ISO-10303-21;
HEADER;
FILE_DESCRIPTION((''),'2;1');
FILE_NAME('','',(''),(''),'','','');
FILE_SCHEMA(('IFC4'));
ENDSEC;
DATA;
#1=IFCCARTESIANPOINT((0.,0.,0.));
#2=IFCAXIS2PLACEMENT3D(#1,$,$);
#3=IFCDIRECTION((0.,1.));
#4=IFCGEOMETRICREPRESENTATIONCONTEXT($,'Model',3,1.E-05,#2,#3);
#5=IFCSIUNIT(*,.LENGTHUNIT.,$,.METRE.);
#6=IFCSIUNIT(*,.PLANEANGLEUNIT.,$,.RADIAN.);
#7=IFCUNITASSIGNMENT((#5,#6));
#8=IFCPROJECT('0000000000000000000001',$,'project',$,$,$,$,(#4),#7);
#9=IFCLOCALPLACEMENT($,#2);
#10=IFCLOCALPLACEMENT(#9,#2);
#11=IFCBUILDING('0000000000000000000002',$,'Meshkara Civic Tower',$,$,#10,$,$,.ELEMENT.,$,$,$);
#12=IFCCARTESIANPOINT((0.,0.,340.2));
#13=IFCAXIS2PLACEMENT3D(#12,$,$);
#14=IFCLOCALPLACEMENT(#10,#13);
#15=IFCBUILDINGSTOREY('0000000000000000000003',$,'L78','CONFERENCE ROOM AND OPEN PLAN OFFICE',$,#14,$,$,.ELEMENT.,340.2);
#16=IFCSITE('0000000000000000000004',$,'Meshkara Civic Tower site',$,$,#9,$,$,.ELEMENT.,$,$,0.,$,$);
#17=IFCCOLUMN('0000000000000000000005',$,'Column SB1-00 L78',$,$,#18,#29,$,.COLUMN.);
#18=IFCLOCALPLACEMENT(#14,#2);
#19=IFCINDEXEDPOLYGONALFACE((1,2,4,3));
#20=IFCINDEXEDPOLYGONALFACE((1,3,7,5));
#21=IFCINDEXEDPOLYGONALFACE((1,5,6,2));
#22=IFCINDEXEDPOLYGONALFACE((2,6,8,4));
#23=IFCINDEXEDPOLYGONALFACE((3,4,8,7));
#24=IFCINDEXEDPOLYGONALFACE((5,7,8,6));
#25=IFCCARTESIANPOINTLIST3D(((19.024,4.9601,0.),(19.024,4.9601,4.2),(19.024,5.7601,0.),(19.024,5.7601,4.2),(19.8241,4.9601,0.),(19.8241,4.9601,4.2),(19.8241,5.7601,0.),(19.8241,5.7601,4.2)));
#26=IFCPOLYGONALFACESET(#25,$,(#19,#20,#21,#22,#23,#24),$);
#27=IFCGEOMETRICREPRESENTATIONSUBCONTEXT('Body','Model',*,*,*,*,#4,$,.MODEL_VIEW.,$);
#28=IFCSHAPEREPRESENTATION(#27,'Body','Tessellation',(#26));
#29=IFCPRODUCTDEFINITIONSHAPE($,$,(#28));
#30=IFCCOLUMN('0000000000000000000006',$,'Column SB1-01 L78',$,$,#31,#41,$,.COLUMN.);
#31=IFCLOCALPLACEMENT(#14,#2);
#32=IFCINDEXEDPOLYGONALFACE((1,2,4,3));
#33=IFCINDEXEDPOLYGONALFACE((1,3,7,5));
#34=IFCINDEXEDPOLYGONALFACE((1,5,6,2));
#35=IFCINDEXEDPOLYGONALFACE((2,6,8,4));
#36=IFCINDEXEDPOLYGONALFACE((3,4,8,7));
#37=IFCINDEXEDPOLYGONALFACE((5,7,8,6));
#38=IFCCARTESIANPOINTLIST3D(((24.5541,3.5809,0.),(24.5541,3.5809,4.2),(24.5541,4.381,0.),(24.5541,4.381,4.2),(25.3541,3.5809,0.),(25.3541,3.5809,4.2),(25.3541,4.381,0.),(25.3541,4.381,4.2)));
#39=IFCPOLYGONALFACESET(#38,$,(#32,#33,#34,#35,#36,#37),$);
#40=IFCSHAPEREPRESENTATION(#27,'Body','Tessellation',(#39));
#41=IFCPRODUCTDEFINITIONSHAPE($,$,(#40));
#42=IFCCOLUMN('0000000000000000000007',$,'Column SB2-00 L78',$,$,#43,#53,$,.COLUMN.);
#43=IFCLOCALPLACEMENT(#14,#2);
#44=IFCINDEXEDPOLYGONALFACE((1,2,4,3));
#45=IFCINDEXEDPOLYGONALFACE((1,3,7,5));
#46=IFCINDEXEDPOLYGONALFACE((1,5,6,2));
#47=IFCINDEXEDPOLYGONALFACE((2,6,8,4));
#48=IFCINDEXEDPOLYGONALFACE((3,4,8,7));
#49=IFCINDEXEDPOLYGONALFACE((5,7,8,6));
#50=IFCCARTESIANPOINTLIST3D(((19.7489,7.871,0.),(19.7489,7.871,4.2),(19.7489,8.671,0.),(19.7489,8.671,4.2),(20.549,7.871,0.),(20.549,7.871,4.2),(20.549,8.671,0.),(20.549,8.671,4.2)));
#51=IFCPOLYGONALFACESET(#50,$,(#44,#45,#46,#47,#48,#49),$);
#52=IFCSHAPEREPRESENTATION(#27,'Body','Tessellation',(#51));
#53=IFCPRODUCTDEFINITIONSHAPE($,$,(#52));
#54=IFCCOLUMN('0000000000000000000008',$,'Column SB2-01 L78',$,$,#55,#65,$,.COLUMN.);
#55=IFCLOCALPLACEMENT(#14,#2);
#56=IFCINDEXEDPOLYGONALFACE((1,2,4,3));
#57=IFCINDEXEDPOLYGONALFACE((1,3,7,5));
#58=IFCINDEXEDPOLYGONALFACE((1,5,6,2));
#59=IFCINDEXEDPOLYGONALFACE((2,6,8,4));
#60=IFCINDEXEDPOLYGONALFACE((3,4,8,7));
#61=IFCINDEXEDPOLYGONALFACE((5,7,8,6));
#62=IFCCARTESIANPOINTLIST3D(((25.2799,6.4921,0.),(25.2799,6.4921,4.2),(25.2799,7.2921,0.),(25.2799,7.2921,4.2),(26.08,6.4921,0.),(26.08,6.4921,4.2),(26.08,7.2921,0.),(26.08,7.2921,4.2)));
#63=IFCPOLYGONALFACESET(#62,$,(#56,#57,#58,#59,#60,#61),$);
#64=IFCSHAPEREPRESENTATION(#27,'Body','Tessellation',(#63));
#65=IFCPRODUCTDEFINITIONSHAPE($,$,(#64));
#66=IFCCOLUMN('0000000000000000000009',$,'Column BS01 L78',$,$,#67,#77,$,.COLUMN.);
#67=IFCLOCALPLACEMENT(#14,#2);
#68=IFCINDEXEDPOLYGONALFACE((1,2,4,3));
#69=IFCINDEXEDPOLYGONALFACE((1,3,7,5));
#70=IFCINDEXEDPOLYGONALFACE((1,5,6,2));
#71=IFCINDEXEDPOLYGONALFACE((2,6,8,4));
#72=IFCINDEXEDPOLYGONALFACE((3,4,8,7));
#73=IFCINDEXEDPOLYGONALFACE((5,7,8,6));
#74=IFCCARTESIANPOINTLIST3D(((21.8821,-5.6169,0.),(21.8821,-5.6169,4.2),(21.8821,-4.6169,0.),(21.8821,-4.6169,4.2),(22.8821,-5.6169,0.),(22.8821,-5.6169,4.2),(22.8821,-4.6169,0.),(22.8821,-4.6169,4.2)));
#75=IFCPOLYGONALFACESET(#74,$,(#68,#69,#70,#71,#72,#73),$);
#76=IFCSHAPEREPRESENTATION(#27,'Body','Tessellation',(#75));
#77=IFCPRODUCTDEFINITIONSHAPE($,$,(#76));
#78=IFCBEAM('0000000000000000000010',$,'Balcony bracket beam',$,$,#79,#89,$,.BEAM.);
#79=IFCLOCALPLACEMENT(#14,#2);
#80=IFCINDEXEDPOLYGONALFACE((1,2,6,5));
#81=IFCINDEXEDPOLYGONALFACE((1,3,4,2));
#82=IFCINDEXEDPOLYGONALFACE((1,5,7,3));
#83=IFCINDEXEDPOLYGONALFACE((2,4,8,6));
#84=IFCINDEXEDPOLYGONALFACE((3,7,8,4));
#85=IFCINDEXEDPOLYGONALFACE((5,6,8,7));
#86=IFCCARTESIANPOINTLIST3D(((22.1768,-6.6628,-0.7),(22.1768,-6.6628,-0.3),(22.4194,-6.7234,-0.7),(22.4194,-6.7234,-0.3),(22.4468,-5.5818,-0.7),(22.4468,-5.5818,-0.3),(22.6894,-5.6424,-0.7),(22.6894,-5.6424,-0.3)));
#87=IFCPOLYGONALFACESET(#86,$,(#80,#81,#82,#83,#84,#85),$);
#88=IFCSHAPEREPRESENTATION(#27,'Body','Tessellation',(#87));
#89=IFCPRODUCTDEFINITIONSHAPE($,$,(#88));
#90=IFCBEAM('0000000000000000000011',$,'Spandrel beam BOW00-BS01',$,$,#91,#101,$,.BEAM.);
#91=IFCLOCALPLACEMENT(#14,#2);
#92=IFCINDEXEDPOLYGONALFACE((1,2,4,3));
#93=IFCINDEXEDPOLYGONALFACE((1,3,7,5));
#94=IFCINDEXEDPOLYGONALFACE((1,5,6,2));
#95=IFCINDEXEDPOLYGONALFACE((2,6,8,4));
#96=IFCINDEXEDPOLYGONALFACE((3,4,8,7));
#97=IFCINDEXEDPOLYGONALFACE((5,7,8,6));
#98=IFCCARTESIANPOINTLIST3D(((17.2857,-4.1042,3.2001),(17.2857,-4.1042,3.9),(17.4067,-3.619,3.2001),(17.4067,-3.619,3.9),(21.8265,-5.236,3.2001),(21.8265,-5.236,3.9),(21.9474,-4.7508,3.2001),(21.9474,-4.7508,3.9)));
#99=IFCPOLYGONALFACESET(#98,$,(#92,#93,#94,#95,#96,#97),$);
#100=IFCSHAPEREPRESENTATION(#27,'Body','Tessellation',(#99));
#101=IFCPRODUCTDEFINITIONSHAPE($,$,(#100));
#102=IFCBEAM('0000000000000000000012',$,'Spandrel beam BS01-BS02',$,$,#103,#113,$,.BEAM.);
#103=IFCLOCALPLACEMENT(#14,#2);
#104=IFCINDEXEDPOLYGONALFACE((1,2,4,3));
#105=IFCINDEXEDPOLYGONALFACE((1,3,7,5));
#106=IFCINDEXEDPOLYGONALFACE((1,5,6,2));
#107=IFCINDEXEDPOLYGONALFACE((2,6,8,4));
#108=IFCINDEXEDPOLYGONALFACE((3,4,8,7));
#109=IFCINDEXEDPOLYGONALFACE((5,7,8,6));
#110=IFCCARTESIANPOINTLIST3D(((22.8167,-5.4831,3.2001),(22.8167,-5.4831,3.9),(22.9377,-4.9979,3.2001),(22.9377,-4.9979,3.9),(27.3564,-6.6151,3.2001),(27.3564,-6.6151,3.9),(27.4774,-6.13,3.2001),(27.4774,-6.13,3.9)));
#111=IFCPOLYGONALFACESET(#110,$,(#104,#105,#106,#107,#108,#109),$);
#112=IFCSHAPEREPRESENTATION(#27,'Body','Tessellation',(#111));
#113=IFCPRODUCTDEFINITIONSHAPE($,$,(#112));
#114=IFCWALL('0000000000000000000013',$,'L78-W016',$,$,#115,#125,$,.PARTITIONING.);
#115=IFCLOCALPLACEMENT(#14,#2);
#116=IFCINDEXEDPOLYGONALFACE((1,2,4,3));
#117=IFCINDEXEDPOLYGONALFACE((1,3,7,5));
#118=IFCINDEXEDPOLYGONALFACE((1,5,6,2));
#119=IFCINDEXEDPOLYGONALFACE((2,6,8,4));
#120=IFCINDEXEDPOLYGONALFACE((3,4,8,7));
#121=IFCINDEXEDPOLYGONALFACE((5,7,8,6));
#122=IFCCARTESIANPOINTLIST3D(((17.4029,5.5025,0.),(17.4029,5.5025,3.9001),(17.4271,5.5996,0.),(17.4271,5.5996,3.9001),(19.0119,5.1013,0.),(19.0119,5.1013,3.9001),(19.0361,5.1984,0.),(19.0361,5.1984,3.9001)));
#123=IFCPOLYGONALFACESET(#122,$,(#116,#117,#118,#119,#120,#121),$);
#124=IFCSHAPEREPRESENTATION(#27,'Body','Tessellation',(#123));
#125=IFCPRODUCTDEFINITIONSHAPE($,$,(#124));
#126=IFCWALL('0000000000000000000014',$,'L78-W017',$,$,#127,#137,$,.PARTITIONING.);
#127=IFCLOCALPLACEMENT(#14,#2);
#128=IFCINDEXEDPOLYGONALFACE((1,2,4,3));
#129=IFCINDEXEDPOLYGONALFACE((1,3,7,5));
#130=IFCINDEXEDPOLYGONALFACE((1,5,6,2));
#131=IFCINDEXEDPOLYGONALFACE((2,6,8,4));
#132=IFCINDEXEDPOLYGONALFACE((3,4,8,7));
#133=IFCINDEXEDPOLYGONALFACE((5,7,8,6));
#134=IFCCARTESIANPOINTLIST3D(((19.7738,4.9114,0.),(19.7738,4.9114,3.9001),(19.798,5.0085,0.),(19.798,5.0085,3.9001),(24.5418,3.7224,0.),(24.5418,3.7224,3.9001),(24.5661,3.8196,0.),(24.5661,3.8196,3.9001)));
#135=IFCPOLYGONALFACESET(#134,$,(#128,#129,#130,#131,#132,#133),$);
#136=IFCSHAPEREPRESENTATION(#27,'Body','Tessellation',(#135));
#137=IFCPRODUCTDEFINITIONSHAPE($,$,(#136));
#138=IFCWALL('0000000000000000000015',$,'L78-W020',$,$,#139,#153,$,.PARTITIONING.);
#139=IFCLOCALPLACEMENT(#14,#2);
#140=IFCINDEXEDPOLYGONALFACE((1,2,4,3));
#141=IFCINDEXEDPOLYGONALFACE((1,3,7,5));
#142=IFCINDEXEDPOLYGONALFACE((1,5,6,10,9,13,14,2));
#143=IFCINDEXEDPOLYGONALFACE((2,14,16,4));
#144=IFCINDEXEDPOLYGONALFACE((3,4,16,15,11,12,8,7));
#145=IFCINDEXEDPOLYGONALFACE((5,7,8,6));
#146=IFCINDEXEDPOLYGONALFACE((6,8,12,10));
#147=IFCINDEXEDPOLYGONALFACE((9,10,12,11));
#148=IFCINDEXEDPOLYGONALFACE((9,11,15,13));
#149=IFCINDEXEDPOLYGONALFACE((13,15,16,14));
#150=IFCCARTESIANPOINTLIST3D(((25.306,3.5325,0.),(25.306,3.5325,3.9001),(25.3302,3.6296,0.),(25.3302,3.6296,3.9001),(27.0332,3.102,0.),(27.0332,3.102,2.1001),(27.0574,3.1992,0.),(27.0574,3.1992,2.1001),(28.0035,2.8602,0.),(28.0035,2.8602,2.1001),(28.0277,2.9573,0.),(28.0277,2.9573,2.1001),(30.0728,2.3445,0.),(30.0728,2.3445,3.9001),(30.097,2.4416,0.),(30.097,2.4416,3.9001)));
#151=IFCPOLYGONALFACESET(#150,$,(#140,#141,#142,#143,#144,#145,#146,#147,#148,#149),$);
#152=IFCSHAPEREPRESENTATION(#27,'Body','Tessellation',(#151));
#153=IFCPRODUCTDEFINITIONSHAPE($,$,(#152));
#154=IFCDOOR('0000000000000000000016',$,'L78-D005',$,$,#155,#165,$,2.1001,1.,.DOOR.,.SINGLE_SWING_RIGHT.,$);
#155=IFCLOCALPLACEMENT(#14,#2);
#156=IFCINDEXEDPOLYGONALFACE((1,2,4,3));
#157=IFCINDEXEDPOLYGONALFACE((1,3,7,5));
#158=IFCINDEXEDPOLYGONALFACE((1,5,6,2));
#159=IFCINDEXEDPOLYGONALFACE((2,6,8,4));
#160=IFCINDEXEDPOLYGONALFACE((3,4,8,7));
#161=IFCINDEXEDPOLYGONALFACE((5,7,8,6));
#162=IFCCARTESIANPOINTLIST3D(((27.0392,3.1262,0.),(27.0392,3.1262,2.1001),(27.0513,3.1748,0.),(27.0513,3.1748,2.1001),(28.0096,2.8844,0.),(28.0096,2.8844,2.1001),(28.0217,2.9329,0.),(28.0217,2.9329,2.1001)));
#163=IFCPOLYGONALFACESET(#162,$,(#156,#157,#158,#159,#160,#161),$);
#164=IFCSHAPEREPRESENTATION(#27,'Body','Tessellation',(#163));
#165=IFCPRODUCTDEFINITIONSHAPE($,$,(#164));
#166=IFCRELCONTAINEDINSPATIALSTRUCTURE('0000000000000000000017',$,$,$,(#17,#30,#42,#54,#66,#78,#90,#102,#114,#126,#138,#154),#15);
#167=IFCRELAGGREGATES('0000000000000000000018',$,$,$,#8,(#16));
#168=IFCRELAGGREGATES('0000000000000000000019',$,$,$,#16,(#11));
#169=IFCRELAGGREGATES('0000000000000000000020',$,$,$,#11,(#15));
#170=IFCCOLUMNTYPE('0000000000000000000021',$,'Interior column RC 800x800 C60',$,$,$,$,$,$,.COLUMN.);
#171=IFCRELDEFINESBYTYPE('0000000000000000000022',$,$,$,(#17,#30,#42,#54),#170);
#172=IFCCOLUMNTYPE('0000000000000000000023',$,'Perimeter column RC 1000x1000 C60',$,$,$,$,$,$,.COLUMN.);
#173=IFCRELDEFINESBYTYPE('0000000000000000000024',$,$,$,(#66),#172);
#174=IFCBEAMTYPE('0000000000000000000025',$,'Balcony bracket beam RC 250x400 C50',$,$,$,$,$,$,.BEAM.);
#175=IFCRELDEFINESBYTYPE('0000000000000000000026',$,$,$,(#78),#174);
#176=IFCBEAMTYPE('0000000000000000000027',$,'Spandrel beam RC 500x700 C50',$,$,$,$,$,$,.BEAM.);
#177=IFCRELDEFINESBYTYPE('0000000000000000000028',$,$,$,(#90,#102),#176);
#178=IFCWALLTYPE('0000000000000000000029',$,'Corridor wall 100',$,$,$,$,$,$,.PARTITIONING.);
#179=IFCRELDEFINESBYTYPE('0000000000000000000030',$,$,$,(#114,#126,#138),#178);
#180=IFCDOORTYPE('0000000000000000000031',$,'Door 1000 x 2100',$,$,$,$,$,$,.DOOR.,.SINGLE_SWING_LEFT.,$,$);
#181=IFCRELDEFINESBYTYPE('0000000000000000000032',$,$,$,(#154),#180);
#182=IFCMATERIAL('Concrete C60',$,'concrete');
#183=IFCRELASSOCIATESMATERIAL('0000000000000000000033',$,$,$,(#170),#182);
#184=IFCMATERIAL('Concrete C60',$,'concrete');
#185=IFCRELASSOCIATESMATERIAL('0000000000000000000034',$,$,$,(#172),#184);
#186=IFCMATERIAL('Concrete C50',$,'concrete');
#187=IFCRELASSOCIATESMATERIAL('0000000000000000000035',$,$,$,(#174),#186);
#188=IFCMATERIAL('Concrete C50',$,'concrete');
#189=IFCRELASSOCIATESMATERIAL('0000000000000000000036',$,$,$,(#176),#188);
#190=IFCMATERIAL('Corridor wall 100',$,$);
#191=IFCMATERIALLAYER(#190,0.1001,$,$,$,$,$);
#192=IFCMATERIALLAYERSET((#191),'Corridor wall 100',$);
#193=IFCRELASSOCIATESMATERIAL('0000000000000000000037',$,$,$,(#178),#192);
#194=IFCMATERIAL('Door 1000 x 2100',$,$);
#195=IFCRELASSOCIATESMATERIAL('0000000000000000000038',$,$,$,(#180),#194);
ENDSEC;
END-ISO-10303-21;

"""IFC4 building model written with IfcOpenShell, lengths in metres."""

from ifc_helpers import new_model, si_unit, direction, frame, frame_2d, origin, origin_2d, place, context, subcontext, project, spatial, rectangle, extrude, material, layer, layer_set, material_profile, profile_set, type_object, element, fill, save


model = new_model("IFC4")

# Units and contexts
model_context = context("Model", 3, precision=1e-05, world=origin(), true_north=direction((0.0, 1.0)))
body_context = subcontext(model_context, "Body", "Model", "MODEL_VIEW")
ifc_project = project(units=[si_unit("LENGTHUNIT", "METRE"), si_unit("PLANEANGLEUNIT", "RADIAN")], contexts=[model_context])

# Site, building, storey
site_placement = place(None, origin())
site = spatial("IfcSite", under=ifc_project, at=site_placement, Name="Meshkara Civic Tower site", CompositionType="ELEMENT", RefElevation=0.0)
building_placement = place(site_placement, origin())
building = spatial("IfcBuilding", under=site, at=building_placement, Name="Meshkara Civic Tower", CompositionType="ELEMENT")
storey_placement = place(building_placement, frame((0.0, 0.0, 340.2)))
storey = spatial("IfcBuildingStorey", under=building, at=storey_placement, Name="L78", Description="CONFERENCE ROOM AND OPEN PLAN OFFICE", CompositionType="ELEMENT", Elevation=340.2)

# Columns
ifc_material_1 = material(Name="Concrete C60", Category="concrete")
ifc_material_profile_1 = material_profile(ifc_material_1, rectangle(XDim=0.8, YDim=0.8, at=origin_2d()))
ifc_profile_set_1 = profile_set([ifc_material_profile_1], Name="Concrete C60")
column_type_1 = type_object("IfcColumnType", Name="Interior column RC 800x800 C60", PredefinedType="COLUMN", material=ifc_profile_set_1)
for number, where, z_axis, x_axis, name in (
    (1, (19.4241, 5.3601, 0.0), (0.0, 0.0, 1.0), (1.0, 0.0, 0.0), "Column SB1-00 L78"),
    (2, (24.9541, 3.981, 0.0), (0.0, 0.0, 1.0), (1.0, 0.0, 0.0), "Column SB1-01 L78"),
    (3, (20.1489, 8.271, 0.0), (0.0, 0.0, 1.0), (1.0, 0.0, 0.0), "Column SB2-00 L78"),
    (4, (25.6799, 6.8921, 0.0), (0.0, 0.0, 1.0), (1.0, 0.0, 0.0), "Column SB2-01 L78"),
):
    element("IfcColumn", number, at=place(storey_placement, frame(where, z_axis=z_axis, x_axis=x_axis)), inside=storey, type_object=column_type_1, Name=name, PredefinedType="COLUMN", context=body_context, shape_type="SweptSolid", body=[
        extrude(rectangle(XDim=0.8, YDim=0.8, at=origin_2d()), origin(), (0.0, 0.0, 1.0), 4.2),
    ])
ifc_material_2 = material(Name="Concrete C60", Category="concrete")
ifc_material_profile_2 = material_profile(ifc_material_2, rectangle(XDim=1.0, YDim=1.0, at=origin_2d()))
ifc_profile_set_2 = profile_set([ifc_material_profile_2], Name="Concrete C60")
column_type_2 = type_object("IfcColumnType", Name="Perimeter column RC 1000x1000 C60", PredefinedType="COLUMN", material=ifc_profile_set_2)
column_placement = place(storey_placement, frame((22.3821, -5.1169, 0.0), z_axis=(0.0, 0.0, 1.0), x_axis=(1.0, 0.0, 0.0)))
element("IfcColumn", 5, at=column_placement, inside=storey, type_object=column_type_2, Name="Column BS01 L78", PredefinedType="COLUMN", context=body_context, shape_type="SweptSolid", body=[
    extrude(rectangle(XDim=1.0, YDim=1.0, at=origin_2d()), origin(), (0.0, 0.0, 1.0), 4.2),
])

# Beams
ifc_material_3 = material(Name="Concrete C50", Category="concrete")
ifc_material_profile_3 = material_profile(ifc_material_3, rectangle(XDim=0.25, YDim=0.3999, at=origin_2d()))
ifc_profile_set_3 = profile_set([ifc_material_profile_3], Name="Concrete C50")
beam_type_1 = type_object("IfcBeamType", Name="Balcony bracket beam RC 250x400 C50", PredefinedType="BEAM", material=ifc_profile_set_3)
beam_1_placement = place(storey_placement, frame((22.5681, -5.6121, -0.5), z_axis=(-0.242329, -0.970194, 0.0), x_axis=(0.970194, -0.242329, 0.0)))
element("IfcBeam", 6, at=beam_1_placement, inside=storey, type_object=beam_type_1, Name="Balcony bracket beam", PredefinedType="BEAM", context=body_context, shape_type="SweptSolid", body=[
    extrude(rectangle(XDim=0.25, YDim=0.3999, at=origin_2d()), origin(), (0.0, 0.0, 1.0), 1.1143),
])
ifc_material_4 = material(Name="Concrete C50", Category="concrete")
ifc_material_profile_4 = material_profile(ifc_material_4, rectangle(XDim=0.5, YDim=0.7, at=origin_2d()))
ifc_profile_set_4 = profile_set([ifc_material_profile_4], Name="Concrete C50")
beam_type_2 = type_object("IfcBeamType", Name="Spandrel beam RC 500x700 C50", PredefinedType="BEAM", material=ifc_profile_set_4)
beam_2_placement = place(storey_placement, frame((17.3462, -3.8616, 3.55), z_axis=(0.970311, -0.24186, 0.0), x_axis=(0.24186, 0.970311, 0.0)))
element("IfcBeam", 7, at=beam_2_placement, inside=storey, type_object=beam_type_2, Name="Spandrel beam BOW00-BS01", PredefinedType="BEAM", context=body_context, shape_type="SweptSolid", body=[
    extrude(rectangle(XDim=0.5, YDim=0.7, at=origin_2d()), origin(), (0.0, 0.0, 1.0), 4.6797),
])
beam_3_placement = place(storey_placement, frame((22.8772, -5.2405, 3.55), z_axis=(0.970287, -0.241959, 0.0), x_axis=(0.241959, 0.970287, 0.0)))
element("IfcBeam", 8, at=beam_3_placement, inside=storey, type_object=beam_type_2, Name="Spandrel beam BS01-BS02", PredefinedType="BEAM", context=body_context, shape_type="SweptSolid", body=[
    extrude(rectangle(XDim=0.5, YDim=0.7, at=origin_2d()), origin(), (0.0, 0.0, 1.0), 4.6787),
])

# Walls
ifc_material_5 = material(Name="Corridor wall 100")
ifc_layer_1 = layer(ifc_material_5, 0.1001)
ifc_layer_set_1 = layer_set([ifc_layer_1], Name="Corridor wall 100")
wall_type_1 = type_object("IfcWallType", Name="Corridor wall 100", PredefinedType="PARTITIONING", material=ifc_layer_set_1)
wall_1_placement = place(storey_placement, frame((17.415, 5.551, 0.0), z_axis=(0.0, 0.0, 1.0), x_axis=(0.970298, -0.241912, 0.0)))
element("IfcWall", 9, at=wall_1_placement, inside=storey, type_object=wall_type_1, Name="L78-W016", PredefinedType="PARTITIONING", context=body_context, shape_type="SweptSolid", body=[
    extrude(rectangle(XDim=1.6582, YDim=0.1001, at=frame_2d((0.8291, 0.0))), origin(), (0.0, 0.0, 1.0), 3.9001),
])
wall_2_placement = place(storey_placement, frame((19.7859, 4.96, 0.0), z_axis=(0.0, 0.0, 1.0), x_axis=(0.970288, -0.241951, 0.0)))
element("IfcWall", 10, at=wall_2_placement, inside=storey, type_object=wall_type_1, Name="L78-W017", PredefinedType="PARTITIONING", context=body_context, shape_type="SweptSolid", body=[
    extrude(rectangle(XDim=4.9141, YDim=0.1001, at=frame_2d((2.457, 0.0))), origin(), (0.0, 0.0, 1.0), 3.9001),
])

# Wall, opening, door
wall_3_placement = place(storey_placement, frame((25.3181, 3.5811, 0.0), z_axis=(0.0, 0.0, 1.0), x_axis=(0.970321, -0.241822, 0.0)))
wall_3 = element("IfcWall", 11, at=wall_3_placement, inside=storey, type_object=wall_type_1, Name="L78-W020", PredefinedType="PARTITIONING", context=body_context, shape_type="SweptSolid", body=[
    extrude(rectangle(XDim=4.9126, YDim=0.1001, at=frame_2d((2.4563, 0.0))), origin(), (0.0, 0.0, 1.0), 3.9001),
])
opening_1_placement = place(wall_3_placement, frame((1.78, 0.0, 0.0)))
opening_1 = element("IfcOpeningElement", 12, at=opening_1_placement, cuts=wall_3, PredefinedType="OPENING", context=body_context, shape_type="SweptSolid", body=[
    extrude(rectangle(XDim=1.0, YDim=2.1001, at=frame_2d((0.5, 1.05))), frame((0.0, 0.0601, 0.0), z_axis=(0.0, -1.0, 0.0), x_axis=(1.0, 0.0, 0.0)), (0.0, 0.0, 1.0), 0.1201),
])
ifc_material_6 = material(Name="Door 1000 x 2100")
door_type_1 = type_object("IfcDoorType", Name="Door 1000 x 2100", OperationType="SINGLE_SWING_LEFT", PredefinedType="DOOR", material=ifc_material_6)
door_1_placement = place(opening_1_placement, origin())
door_1 = element("IfcDoor", 13, at=door_1_placement, inside=storey, type_object=door_type_1, Name="L78-D005", OperationType="SINGLE_SWING_RIGHT", OverallHeight=2.1001, OverallWidth=1.0, PredefinedType="DOOR", context=body_context, shape_type="SweptSolid", body=[
    extrude(rectangle(XDim=1.0, YDim=2.1001, at=frame_2d((0.5, 1.05))), frame((0.0, 0.0249, 0.0), z_axis=(0.0, -1.0, 0.0), x_axis=(1.0, 0.0, 0.0)), (0.0, 0.0, 1.0), 0.05),
])
fill(opening_1, door_1)

save(model, "model.ifc")
